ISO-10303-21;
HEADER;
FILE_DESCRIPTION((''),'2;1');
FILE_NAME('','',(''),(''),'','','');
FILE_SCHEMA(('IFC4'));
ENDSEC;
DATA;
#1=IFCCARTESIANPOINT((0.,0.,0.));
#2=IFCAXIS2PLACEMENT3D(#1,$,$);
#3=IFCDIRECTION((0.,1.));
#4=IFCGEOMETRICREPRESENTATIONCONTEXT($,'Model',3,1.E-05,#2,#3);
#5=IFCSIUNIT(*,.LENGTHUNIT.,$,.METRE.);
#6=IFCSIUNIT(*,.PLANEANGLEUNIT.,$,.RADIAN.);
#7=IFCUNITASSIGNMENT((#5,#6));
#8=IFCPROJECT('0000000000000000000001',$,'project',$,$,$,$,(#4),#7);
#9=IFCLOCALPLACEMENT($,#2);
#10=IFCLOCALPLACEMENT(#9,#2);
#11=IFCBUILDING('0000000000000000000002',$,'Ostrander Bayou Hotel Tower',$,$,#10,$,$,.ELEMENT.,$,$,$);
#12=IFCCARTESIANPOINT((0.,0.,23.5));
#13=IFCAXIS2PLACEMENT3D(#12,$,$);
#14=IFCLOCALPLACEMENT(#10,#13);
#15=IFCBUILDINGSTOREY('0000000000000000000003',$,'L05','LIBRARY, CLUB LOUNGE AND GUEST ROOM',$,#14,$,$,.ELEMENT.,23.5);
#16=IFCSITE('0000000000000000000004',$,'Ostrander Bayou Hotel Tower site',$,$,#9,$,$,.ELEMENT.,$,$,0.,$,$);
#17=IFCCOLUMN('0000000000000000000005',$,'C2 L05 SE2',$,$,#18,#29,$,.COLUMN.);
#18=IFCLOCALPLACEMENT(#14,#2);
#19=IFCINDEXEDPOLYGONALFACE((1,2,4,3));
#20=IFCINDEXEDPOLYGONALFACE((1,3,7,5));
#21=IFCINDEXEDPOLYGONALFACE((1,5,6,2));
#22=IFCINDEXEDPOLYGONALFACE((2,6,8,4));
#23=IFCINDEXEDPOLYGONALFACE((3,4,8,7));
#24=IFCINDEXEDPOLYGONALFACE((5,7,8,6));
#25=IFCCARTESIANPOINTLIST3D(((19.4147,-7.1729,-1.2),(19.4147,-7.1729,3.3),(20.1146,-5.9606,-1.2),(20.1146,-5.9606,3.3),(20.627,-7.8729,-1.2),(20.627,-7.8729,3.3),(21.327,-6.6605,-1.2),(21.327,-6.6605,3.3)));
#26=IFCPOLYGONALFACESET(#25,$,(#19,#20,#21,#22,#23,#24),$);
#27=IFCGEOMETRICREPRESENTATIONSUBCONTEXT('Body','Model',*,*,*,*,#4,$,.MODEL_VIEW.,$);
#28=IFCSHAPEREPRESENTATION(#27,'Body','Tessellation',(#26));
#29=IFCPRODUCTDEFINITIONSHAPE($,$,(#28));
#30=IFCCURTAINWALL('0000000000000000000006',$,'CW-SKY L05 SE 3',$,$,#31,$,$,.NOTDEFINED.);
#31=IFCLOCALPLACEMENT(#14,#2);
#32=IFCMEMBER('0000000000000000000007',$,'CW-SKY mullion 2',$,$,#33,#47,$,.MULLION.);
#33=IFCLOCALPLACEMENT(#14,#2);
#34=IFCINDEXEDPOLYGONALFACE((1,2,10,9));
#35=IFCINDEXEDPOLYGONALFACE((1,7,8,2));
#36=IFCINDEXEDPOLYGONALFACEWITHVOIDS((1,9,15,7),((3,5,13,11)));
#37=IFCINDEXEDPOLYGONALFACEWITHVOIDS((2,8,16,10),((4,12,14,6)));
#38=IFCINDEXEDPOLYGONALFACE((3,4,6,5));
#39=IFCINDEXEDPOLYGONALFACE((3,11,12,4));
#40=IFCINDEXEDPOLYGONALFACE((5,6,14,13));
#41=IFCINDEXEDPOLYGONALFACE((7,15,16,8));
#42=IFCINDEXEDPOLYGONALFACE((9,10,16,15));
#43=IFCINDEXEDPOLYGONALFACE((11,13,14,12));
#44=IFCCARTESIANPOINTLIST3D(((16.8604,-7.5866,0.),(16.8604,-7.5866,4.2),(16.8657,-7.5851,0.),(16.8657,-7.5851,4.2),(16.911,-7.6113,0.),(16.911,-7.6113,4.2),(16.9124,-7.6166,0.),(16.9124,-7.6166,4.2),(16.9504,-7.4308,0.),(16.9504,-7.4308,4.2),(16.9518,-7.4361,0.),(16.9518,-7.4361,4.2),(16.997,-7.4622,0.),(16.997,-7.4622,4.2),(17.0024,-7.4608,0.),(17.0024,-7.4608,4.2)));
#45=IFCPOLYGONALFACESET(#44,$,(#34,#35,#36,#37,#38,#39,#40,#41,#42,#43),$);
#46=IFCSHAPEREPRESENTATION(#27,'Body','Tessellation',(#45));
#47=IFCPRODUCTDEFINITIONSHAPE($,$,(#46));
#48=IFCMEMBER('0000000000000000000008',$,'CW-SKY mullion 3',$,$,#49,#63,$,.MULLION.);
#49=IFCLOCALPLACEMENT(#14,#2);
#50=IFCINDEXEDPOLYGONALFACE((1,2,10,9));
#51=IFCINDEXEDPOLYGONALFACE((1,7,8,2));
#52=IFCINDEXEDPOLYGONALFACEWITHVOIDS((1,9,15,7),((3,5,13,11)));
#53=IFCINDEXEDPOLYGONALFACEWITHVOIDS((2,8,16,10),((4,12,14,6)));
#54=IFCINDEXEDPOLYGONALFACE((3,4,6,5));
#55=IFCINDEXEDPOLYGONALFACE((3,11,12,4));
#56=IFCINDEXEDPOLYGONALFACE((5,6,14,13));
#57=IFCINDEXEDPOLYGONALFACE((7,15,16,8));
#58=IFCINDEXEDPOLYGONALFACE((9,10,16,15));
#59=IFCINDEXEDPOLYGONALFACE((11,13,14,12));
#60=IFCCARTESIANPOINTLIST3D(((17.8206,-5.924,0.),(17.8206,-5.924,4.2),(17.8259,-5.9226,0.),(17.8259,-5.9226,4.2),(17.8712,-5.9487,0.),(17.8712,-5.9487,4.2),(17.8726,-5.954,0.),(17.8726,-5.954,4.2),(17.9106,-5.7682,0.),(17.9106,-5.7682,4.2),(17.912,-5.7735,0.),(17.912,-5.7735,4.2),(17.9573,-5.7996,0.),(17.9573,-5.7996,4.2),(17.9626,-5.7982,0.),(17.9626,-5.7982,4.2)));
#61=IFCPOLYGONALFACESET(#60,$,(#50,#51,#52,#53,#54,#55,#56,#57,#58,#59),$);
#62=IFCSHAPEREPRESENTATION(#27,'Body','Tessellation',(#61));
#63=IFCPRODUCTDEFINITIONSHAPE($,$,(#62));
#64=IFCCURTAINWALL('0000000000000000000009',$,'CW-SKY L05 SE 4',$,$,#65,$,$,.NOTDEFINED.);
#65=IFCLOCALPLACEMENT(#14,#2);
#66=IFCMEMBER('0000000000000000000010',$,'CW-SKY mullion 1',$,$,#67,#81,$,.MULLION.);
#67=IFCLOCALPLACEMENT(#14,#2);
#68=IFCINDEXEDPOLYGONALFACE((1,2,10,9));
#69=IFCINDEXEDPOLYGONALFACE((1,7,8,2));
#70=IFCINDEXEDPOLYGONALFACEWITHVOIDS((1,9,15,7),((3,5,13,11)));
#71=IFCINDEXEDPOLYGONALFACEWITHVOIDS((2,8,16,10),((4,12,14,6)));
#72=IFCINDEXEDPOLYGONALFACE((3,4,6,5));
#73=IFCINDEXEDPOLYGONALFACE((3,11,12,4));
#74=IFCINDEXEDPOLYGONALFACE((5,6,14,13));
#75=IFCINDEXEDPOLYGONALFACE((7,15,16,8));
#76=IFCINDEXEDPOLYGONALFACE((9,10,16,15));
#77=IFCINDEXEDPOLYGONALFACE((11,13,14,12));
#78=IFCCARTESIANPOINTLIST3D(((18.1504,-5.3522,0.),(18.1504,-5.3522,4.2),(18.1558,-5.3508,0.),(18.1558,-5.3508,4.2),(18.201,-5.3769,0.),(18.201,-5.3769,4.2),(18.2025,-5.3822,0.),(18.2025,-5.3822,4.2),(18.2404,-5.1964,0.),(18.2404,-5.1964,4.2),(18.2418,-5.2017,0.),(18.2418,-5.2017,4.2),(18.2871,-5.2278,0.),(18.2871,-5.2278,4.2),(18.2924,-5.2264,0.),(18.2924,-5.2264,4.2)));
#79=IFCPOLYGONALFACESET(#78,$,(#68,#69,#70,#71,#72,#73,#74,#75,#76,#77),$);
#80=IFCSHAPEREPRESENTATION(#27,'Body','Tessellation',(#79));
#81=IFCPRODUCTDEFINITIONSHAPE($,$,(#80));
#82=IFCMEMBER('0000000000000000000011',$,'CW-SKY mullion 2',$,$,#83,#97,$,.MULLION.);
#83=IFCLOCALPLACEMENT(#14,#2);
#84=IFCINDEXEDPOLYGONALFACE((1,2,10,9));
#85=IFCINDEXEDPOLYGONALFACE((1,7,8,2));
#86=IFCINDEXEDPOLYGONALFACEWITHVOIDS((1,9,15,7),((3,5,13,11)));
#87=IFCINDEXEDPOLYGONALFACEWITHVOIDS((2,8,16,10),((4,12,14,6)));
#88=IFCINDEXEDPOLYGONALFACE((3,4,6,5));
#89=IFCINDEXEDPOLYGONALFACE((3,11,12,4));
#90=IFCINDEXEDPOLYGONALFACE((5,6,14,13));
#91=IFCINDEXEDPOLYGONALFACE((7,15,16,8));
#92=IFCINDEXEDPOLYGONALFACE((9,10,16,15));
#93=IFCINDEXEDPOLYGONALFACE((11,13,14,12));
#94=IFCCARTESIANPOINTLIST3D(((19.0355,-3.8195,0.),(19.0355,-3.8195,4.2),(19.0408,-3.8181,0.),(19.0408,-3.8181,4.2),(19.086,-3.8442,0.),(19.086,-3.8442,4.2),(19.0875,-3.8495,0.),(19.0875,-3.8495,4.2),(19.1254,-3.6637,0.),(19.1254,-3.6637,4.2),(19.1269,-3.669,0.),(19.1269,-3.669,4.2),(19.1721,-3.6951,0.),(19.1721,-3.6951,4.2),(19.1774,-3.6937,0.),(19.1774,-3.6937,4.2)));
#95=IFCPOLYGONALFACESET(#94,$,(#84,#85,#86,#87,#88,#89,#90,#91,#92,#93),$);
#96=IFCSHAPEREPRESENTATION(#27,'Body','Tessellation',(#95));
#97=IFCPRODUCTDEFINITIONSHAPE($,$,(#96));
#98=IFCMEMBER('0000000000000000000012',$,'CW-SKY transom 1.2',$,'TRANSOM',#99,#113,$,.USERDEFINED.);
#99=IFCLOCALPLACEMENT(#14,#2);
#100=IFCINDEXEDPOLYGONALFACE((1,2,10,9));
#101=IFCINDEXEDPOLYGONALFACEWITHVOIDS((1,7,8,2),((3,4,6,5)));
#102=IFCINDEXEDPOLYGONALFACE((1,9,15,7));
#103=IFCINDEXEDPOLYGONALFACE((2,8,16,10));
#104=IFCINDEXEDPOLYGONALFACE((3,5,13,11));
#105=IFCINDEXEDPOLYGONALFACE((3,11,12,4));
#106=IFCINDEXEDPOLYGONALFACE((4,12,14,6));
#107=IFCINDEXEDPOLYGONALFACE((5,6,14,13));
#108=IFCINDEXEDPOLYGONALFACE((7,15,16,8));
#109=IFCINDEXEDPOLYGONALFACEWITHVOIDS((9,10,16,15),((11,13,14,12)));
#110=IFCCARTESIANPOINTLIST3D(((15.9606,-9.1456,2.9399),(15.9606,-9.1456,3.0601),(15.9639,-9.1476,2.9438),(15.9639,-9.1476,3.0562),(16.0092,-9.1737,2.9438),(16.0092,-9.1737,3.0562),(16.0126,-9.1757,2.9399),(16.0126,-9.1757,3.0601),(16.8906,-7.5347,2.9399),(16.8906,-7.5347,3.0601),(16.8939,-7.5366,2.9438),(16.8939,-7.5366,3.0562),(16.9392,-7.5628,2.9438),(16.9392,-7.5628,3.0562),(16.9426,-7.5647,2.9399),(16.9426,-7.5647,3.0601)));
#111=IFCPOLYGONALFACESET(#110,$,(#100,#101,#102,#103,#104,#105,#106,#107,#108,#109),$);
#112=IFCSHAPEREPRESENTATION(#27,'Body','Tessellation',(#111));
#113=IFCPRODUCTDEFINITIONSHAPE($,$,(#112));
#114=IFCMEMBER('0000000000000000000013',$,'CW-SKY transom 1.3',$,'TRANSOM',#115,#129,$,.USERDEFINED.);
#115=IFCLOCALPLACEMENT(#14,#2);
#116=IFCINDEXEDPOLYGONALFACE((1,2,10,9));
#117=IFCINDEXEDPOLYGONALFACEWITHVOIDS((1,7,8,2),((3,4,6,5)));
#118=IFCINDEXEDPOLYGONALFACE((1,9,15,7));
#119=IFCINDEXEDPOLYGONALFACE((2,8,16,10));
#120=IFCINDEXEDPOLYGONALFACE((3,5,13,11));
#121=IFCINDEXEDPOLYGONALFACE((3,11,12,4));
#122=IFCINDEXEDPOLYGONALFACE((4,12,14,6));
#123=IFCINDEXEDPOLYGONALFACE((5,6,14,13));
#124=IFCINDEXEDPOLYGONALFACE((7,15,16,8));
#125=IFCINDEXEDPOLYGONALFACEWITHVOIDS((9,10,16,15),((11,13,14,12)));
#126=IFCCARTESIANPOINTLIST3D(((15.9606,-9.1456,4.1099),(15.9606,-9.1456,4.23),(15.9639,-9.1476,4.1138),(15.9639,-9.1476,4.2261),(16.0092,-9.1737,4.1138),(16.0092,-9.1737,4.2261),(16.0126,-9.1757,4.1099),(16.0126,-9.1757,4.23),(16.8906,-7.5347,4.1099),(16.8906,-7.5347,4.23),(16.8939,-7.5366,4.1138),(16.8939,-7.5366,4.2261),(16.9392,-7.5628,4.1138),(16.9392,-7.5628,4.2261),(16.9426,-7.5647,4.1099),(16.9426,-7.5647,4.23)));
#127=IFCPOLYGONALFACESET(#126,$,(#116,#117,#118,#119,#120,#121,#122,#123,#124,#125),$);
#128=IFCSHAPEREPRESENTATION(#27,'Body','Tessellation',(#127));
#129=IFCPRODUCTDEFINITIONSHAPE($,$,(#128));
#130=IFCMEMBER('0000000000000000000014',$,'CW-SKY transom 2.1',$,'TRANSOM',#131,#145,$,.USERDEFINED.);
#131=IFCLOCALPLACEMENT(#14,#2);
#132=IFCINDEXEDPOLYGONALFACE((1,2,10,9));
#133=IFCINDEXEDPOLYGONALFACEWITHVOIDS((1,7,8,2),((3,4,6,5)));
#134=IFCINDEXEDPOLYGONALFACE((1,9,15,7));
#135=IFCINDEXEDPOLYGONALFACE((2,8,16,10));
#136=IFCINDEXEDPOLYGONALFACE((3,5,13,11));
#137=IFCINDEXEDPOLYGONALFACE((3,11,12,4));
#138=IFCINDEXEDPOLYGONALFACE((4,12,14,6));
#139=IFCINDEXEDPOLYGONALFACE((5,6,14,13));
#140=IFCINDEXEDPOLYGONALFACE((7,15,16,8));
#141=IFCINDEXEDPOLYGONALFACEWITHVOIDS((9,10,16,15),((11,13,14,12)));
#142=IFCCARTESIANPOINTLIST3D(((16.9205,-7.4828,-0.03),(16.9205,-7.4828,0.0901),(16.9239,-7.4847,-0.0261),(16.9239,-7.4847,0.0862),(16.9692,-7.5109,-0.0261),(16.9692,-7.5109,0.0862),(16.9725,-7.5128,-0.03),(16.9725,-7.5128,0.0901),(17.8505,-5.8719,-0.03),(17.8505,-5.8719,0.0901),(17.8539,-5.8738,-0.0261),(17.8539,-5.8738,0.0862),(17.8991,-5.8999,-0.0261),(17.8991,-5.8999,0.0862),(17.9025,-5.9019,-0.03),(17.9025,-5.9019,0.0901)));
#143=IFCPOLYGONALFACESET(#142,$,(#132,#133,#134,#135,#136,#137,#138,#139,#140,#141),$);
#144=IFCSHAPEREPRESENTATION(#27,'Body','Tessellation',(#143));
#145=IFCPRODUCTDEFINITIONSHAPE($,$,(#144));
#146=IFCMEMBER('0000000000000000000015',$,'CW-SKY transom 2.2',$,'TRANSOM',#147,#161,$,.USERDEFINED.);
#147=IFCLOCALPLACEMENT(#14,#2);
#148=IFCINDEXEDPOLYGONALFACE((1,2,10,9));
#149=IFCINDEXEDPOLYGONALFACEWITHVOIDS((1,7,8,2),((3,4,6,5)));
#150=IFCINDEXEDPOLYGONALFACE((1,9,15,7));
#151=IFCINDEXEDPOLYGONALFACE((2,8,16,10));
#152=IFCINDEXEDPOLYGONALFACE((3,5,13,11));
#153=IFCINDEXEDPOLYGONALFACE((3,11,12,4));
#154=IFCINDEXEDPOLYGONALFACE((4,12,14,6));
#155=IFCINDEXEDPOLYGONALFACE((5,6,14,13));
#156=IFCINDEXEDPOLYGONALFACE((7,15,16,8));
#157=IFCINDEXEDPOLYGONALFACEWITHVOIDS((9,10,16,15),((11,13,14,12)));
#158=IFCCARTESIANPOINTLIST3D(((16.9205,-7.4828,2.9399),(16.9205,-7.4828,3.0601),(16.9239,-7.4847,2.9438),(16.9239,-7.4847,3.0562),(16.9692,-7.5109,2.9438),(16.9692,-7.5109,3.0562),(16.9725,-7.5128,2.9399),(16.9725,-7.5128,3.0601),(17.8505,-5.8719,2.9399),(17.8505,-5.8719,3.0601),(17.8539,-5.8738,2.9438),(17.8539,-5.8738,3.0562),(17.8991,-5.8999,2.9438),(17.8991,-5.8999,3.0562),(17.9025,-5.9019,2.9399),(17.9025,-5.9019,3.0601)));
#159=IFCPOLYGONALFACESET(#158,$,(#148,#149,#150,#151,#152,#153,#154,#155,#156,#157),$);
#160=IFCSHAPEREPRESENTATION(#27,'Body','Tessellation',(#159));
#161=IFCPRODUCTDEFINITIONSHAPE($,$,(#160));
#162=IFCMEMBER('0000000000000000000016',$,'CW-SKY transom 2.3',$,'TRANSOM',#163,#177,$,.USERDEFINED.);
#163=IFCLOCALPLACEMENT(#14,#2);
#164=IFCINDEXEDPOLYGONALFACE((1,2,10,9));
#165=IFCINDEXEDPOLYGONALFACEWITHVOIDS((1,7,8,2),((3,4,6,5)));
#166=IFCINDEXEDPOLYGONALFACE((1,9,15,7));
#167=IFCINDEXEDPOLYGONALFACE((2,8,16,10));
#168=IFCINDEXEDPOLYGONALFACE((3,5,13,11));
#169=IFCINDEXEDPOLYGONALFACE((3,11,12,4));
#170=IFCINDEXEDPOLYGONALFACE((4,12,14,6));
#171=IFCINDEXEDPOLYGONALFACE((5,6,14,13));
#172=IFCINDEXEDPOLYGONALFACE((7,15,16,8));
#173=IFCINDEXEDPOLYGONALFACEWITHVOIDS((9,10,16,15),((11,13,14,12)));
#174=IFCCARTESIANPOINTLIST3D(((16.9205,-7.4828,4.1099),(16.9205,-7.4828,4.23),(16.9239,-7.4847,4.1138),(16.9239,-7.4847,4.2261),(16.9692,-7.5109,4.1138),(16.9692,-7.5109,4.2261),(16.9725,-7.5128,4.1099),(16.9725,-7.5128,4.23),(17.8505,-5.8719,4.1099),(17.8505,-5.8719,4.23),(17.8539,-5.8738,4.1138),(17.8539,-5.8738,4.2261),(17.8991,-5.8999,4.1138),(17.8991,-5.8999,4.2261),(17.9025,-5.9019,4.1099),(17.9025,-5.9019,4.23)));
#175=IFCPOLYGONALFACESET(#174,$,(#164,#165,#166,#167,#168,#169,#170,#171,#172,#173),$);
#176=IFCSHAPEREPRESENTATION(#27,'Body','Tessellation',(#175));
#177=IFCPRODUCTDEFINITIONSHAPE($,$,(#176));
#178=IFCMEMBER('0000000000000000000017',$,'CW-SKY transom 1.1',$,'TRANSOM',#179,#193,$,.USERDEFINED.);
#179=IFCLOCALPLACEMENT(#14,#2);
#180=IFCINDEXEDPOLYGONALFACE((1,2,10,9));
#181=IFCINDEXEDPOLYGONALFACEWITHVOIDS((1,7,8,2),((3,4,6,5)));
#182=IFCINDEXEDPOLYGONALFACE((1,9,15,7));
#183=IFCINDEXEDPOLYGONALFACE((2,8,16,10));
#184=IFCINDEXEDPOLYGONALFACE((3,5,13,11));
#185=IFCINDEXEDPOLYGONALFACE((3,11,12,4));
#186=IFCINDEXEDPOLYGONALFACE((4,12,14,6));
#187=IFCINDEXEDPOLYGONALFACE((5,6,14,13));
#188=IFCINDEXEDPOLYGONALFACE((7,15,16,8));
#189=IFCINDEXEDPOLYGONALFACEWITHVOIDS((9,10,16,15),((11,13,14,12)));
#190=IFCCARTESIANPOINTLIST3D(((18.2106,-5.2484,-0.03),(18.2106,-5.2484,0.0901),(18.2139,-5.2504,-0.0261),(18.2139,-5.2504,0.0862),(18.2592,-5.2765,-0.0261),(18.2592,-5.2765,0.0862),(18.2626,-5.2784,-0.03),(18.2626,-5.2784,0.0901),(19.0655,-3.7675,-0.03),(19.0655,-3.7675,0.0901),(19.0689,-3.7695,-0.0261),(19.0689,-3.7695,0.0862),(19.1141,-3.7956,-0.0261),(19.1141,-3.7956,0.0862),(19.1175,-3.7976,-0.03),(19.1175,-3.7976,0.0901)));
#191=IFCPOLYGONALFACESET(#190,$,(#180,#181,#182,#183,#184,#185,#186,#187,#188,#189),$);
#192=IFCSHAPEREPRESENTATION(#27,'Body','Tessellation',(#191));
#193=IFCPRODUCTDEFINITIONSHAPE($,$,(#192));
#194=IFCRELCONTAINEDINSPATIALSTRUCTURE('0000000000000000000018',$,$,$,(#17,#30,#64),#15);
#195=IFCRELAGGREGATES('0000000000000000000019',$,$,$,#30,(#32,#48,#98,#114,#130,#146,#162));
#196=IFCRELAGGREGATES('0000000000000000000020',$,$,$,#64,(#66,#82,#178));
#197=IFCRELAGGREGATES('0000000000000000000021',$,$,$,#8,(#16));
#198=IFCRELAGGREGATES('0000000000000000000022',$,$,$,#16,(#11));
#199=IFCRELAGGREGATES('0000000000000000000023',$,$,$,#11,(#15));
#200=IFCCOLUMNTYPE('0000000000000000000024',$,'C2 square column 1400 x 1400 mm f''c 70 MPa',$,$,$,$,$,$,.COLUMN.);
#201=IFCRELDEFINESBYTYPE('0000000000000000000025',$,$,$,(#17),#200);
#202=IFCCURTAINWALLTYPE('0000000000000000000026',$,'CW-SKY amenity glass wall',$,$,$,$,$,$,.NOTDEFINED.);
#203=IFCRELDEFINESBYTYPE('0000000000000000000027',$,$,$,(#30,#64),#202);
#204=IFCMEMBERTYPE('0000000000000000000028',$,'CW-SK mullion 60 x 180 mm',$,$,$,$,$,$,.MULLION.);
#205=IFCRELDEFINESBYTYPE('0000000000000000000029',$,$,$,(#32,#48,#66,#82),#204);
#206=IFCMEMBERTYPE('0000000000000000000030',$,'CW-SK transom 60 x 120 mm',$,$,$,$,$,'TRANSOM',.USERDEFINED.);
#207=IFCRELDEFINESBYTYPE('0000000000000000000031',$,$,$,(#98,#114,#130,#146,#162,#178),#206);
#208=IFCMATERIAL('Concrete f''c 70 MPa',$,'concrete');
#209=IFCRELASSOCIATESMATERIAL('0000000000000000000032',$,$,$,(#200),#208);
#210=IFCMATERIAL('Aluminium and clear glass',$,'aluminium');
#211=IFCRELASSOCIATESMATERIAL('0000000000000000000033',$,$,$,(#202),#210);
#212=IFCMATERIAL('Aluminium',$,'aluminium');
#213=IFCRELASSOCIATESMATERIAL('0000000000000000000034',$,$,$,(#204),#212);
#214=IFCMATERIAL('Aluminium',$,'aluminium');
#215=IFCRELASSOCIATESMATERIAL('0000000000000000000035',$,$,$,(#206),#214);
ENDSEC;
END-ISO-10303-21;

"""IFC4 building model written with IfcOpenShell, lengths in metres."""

from ifc_helpers import new_model, si_unit, direction, frame, origin, origin_2d, place, context, subcontext, project, spatial, rectangle, hollow_rectangle, extrude, material, material_profile, profile_set, type_object, element, aggregate, save


model = new_model("IFC4")

# Units and contexts
model_context = context("Model", 3, precision=1e-05, world=origin(), true_north=direction((0.0, 1.0)))
body_context = subcontext(model_context, "Body", "Model", "MODEL_VIEW")
ifc_project = project(units=[si_unit("LENGTHUNIT", "METRE"), si_unit("PLANEANGLEUNIT", "RADIAN")], contexts=[model_context])

# Site, building, storey
site_placement = place(None, origin())
site = spatial("IfcSite", under=ifc_project, at=site_placement, Name="Ostrander Bayou Hotel Tower site", CompositionType="ELEMENT", RefElevation=0.0)
building_placement = place(site_placement, origin())
building = spatial("IfcBuilding", under=site, at=building_placement, Name="Ostrander Bayou Hotel Tower", CompositionType="ELEMENT")
storey_placement = place(building_placement, frame((0.0, 0.0, 23.5)))
storey = spatial("IfcBuildingStorey", under=building, at=storey_placement, Name="L05", Description="LIBRARY, CLUB LOUNGE AND GUEST ROOM", CompositionType="ELEMENT", Elevation=23.5)

# Column
ifc_material_1 = material(Name="Concrete f'c 70 MPa", Category="concrete")
ifc_material_profile_1 = material_profile(ifc_material_1, rectangle(XDim=1.3999, YDim=1.3999, at=origin_2d()))
ifc_profile_set_1 = profile_set([ifc_material_profile_1], Name="Concrete f'c 70 MPa")
column_type = type_object("IfcColumnType", Name="C2 square column 1400 x 1400 mm f'c 70 MPa", PredefinedType="COLUMN", material=ifc_profile_set_1)
column_placement = place(storey_placement, frame((20.3708, -6.9167, -1.2), z_axis=(0.0, 0.0, 1.0), x_axis=(-0.5, -0.866025, 0.0)))
element("IfcColumn", 1, at=column_placement, inside=storey, type_object=column_type, Name="C2 L05 SE2", PredefinedType="COLUMN", context=body_context, shape_type="SweptSolid", body=[
    extrude(rectangle(XDim=1.3999, YDim=1.3999, at=origin_2d()), origin(), (0.0, 0.0, 1.0), 4.5),
])

# Curtain walls, members
ifc_material_2 = material(Name="Aluminium and clear glass", Category="aluminium")
curtain_wall_type_1 = type_object("IfcCurtainWallType", Name="CW-SKY amenity glass wall", PredefinedType="NOTDEFINED", material=ifc_material_2)
curtain_wall_1_placement = place(storey_placement, origin())
curtain_wall_1 = element("IfcCurtainWall", 2, at=curtain_wall_1_placement, inside=storey, type_object=curtain_wall_type_1, Name="CW-SKY L05 SE 3", PredefinedType="NOTDEFINED")
ifc_material_3 = material(Name="Aluminium", Category="aluminium")
ifc_material_profile_2 = material_profile(ifc_material_3, hollow_rectangle(XDim=0.0601, YDim=0.1799, WallThickness=0.0039, at=origin_2d()))
ifc_profile_set_2 = profile_set([ifc_material_profile_2], Name="Aluminium")
member_type_1 = type_object("IfcMemberType", Name="CW-SK mullion 60 x 180 mm", PredefinedType="MULLION", material=ifc_profile_set_2)
member_1_placement = place(storey_placement, frame((16.9314, -7.5237, 0.0), z_axis=(0.0, 0.0, 1.0), x_axis=(-0.866025, 0.5, 0.0)))
member_1 = element("IfcMember", 3, at=member_1_placement, type_object=member_type_1, Name="CW-SKY mullion 2", PredefinedType="MULLION", context=body_context, shape_type="SweptSolid", body=[
    extrude(hollow_rectangle(XDim=0.0601, YDim=0.1799, WallThickness=0.0039, at=origin_2d()), origin(), (0.0, 0.0, 1.0), 4.2),
])
member_2_placement = place(storey_placement, frame((17.8916, -5.8611, 0.0), z_axis=(0.0, 0.0, 1.0), x_axis=(-0.866025, 0.5, 0.0)))
member_2 = element("IfcMember", 4, at=member_2_placement, type_object=member_type_1, Name="CW-SKY mullion 3", PredefinedType="MULLION", context=body_context, shape_type="SweptSolid", body=[
    extrude(hollow_rectangle(XDim=0.0601, YDim=0.1799, WallThickness=0.0039, at=origin_2d()), origin(), (0.0, 0.0, 1.0), 4.2),
])
curtain_wall_2_placement = place(storey_placement, origin())
curtain_wall_2 = element("IfcCurtainWall", 5, at=curtain_wall_2_placement, inside=storey, type_object=curtain_wall_type_1, Name="CW-SKY L05 SE 4", PredefinedType="NOTDEFINED")
member_3_placement = place(storey_placement, frame((18.2214, -5.2893, 0.0), z_axis=(0.0, 0.0, 1.0), x_axis=(-0.866026, 0.499999, 0.0)))
member_3 = element("IfcMember", 6, at=member_3_placement, type_object=member_type_1, Name="CW-SKY mullion 1", PredefinedType="MULLION", context=body_context, shape_type="SweptSolid", body=[
    extrude(hollow_rectangle(XDim=0.0601, YDim=0.1799, WallThickness=0.0039, at=origin_2d()), origin(), (0.0, 0.0, 1.0), 4.2),
])
member_4_placement = place(storey_placement, frame((19.1064, -3.7566, 0.0), z_axis=(0.0, 0.0, 1.0), x_axis=(-0.866026, 0.499999, 0.0)))
member_4 = element("IfcMember", 7, at=member_4_placement, type_object=member_type_1, Name="CW-SKY mullion 2", PredefinedType="MULLION", context=body_context, shape_type="SweptSolid", body=[
    extrude(hollow_rectangle(XDim=0.0601, YDim=0.1799, WallThickness=0.0039, at=origin_2d()), origin(), (0.0, 0.0, 1.0), 4.2),
])

# Members
ifc_material_4 = material(Name="Aluminium", Category="aluminium")
ifc_material_profile_3 = material_profile(ifc_material_4, hollow_rectangle(XDim=0.0601, YDim=0.1201, WallThickness=0.0039, at=origin_2d()))
ifc_profile_set_3 = profile_set([ifc_material_profile_3], Name="Aluminium")
member_type_2 = type_object("IfcMemberType", Name="CW-SK transom 60 x 120 mm", ElementType="TRANSOM", PredefinedType="USERDEFINED", material=ifc_profile_set_3)
member_5_placement = place(storey_placement, frame((15.9866, -9.1606, 3.0), z_axis=(0.499965, 0.866046, 0.0), x_axis=(-0.866046, 0.499965, 0.0)))
member_5 = element("IfcMember", 8, at=member_5_placement, type_object=member_type_2, Name="CW-SKY transom 1.2", ObjectType="TRANSOM", PredefinedType="USERDEFINED", context=body_context, shape_type="SweptSolid", body=[
    extrude(hollow_rectangle(XDim=0.0601, YDim=0.1201, WallThickness=0.0039, at=origin_2d()), origin(), (0.0, 0.0, 1.0), 1.8601),
])
member_6_placement = place(storey_placement, frame((15.9866, -9.1606, 4.1699), z_axis=(0.499965, 0.866046, 0.0), x_axis=(-0.866046, 0.499965, 0.0)))
member_6 = element("IfcMember", 9, at=member_6_placement, type_object=member_type_2, Name="CW-SKY transom 1.3", ObjectType="TRANSOM", PredefinedType="USERDEFINED", context=body_context, shape_type="SweptSolid", body=[
    extrude(hollow_rectangle(XDim=0.0601, YDim=0.1201, WallThickness=0.0039, at=origin_2d()), origin(), (0.0, 0.0, 1.0), 1.8601),
])
member_7_placement = place(storey_placement, frame((16.9465, -7.4978, 0.03), z_axis=(0.499965, 0.866046, 0.0), x_axis=(-0.866046, 0.499965, 0.0)))
member_7 = element("IfcMember", 10, at=member_7_placement, type_object=member_type_2, Name="CW-SKY transom 2.1", ObjectType="TRANSOM", PredefinedType="USERDEFINED", context=body_context, shape_type="SweptSolid", body=[
    extrude(hollow_rectangle(XDim=0.0601, YDim=0.1201, WallThickness=0.0039, at=origin_2d()), origin(), (0.0, 0.0, 1.0), 1.8601),
])
member_8_placement = place(storey_placement, frame((16.9465, -7.4978, 3.0), z_axis=(0.499965, 0.866046, 0.0), x_axis=(-0.866046, 0.499965, 0.0)))
member_8 = element("IfcMember", 11, at=member_8_placement, type_object=member_type_2, Name="CW-SKY transom 2.2", ObjectType="TRANSOM", PredefinedType="USERDEFINED", context=body_context, shape_type="SweptSolid", body=[
    extrude(hollow_rectangle(XDim=0.0601, YDim=0.1201, WallThickness=0.0039, at=origin_2d()), origin(), (0.0, 0.0, 1.0), 1.8601),
])
member_9_placement = place(storey_placement, frame((16.9465, -7.4978, 4.1699), z_axis=(0.499965, 0.866046, 0.0), x_axis=(-0.866046, 0.499965, 0.0)))
member_9 = element("IfcMember", 12, at=member_9_placement, type_object=member_type_2, Name="CW-SKY transom 2.3", ObjectType="TRANSOM", PredefinedType="USERDEFINED", context=body_context, shape_type="SweptSolid", body=[
    extrude(hollow_rectangle(XDim=0.0601, YDim=0.1201, WallThickness=0.0039, at=origin_2d()), origin(), (0.0, 0.0, 1.0), 1.8601),
])
member_10_placement = place(storey_placement, frame((18.2366, -5.2634, 0.03), z_axis=(0.499978, 0.866038, 0.0), x_axis=(-0.866038, 0.499978, 0.0)))
member_10 = element("IfcMember", 13, at=member_10_placement, type_object=member_type_2, Name="CW-SKY transom 1.1", ObjectType="TRANSOM", PredefinedType="USERDEFINED", context=body_context, shape_type="SweptSolid", body=[
    extrude(hollow_rectangle(XDim=0.0601, YDim=0.1201, WallThickness=0.0039, at=origin_2d()), origin(), (0.0, 0.0, 1.0), 1.71),
])

aggregate(curtain_wall_1, [member_1, member_2, member_5, member_6, member_7, member_8, member_9])
aggregate(curtain_wall_2, [member_3, member_4, member_10])

save(model, "model.ifc")
